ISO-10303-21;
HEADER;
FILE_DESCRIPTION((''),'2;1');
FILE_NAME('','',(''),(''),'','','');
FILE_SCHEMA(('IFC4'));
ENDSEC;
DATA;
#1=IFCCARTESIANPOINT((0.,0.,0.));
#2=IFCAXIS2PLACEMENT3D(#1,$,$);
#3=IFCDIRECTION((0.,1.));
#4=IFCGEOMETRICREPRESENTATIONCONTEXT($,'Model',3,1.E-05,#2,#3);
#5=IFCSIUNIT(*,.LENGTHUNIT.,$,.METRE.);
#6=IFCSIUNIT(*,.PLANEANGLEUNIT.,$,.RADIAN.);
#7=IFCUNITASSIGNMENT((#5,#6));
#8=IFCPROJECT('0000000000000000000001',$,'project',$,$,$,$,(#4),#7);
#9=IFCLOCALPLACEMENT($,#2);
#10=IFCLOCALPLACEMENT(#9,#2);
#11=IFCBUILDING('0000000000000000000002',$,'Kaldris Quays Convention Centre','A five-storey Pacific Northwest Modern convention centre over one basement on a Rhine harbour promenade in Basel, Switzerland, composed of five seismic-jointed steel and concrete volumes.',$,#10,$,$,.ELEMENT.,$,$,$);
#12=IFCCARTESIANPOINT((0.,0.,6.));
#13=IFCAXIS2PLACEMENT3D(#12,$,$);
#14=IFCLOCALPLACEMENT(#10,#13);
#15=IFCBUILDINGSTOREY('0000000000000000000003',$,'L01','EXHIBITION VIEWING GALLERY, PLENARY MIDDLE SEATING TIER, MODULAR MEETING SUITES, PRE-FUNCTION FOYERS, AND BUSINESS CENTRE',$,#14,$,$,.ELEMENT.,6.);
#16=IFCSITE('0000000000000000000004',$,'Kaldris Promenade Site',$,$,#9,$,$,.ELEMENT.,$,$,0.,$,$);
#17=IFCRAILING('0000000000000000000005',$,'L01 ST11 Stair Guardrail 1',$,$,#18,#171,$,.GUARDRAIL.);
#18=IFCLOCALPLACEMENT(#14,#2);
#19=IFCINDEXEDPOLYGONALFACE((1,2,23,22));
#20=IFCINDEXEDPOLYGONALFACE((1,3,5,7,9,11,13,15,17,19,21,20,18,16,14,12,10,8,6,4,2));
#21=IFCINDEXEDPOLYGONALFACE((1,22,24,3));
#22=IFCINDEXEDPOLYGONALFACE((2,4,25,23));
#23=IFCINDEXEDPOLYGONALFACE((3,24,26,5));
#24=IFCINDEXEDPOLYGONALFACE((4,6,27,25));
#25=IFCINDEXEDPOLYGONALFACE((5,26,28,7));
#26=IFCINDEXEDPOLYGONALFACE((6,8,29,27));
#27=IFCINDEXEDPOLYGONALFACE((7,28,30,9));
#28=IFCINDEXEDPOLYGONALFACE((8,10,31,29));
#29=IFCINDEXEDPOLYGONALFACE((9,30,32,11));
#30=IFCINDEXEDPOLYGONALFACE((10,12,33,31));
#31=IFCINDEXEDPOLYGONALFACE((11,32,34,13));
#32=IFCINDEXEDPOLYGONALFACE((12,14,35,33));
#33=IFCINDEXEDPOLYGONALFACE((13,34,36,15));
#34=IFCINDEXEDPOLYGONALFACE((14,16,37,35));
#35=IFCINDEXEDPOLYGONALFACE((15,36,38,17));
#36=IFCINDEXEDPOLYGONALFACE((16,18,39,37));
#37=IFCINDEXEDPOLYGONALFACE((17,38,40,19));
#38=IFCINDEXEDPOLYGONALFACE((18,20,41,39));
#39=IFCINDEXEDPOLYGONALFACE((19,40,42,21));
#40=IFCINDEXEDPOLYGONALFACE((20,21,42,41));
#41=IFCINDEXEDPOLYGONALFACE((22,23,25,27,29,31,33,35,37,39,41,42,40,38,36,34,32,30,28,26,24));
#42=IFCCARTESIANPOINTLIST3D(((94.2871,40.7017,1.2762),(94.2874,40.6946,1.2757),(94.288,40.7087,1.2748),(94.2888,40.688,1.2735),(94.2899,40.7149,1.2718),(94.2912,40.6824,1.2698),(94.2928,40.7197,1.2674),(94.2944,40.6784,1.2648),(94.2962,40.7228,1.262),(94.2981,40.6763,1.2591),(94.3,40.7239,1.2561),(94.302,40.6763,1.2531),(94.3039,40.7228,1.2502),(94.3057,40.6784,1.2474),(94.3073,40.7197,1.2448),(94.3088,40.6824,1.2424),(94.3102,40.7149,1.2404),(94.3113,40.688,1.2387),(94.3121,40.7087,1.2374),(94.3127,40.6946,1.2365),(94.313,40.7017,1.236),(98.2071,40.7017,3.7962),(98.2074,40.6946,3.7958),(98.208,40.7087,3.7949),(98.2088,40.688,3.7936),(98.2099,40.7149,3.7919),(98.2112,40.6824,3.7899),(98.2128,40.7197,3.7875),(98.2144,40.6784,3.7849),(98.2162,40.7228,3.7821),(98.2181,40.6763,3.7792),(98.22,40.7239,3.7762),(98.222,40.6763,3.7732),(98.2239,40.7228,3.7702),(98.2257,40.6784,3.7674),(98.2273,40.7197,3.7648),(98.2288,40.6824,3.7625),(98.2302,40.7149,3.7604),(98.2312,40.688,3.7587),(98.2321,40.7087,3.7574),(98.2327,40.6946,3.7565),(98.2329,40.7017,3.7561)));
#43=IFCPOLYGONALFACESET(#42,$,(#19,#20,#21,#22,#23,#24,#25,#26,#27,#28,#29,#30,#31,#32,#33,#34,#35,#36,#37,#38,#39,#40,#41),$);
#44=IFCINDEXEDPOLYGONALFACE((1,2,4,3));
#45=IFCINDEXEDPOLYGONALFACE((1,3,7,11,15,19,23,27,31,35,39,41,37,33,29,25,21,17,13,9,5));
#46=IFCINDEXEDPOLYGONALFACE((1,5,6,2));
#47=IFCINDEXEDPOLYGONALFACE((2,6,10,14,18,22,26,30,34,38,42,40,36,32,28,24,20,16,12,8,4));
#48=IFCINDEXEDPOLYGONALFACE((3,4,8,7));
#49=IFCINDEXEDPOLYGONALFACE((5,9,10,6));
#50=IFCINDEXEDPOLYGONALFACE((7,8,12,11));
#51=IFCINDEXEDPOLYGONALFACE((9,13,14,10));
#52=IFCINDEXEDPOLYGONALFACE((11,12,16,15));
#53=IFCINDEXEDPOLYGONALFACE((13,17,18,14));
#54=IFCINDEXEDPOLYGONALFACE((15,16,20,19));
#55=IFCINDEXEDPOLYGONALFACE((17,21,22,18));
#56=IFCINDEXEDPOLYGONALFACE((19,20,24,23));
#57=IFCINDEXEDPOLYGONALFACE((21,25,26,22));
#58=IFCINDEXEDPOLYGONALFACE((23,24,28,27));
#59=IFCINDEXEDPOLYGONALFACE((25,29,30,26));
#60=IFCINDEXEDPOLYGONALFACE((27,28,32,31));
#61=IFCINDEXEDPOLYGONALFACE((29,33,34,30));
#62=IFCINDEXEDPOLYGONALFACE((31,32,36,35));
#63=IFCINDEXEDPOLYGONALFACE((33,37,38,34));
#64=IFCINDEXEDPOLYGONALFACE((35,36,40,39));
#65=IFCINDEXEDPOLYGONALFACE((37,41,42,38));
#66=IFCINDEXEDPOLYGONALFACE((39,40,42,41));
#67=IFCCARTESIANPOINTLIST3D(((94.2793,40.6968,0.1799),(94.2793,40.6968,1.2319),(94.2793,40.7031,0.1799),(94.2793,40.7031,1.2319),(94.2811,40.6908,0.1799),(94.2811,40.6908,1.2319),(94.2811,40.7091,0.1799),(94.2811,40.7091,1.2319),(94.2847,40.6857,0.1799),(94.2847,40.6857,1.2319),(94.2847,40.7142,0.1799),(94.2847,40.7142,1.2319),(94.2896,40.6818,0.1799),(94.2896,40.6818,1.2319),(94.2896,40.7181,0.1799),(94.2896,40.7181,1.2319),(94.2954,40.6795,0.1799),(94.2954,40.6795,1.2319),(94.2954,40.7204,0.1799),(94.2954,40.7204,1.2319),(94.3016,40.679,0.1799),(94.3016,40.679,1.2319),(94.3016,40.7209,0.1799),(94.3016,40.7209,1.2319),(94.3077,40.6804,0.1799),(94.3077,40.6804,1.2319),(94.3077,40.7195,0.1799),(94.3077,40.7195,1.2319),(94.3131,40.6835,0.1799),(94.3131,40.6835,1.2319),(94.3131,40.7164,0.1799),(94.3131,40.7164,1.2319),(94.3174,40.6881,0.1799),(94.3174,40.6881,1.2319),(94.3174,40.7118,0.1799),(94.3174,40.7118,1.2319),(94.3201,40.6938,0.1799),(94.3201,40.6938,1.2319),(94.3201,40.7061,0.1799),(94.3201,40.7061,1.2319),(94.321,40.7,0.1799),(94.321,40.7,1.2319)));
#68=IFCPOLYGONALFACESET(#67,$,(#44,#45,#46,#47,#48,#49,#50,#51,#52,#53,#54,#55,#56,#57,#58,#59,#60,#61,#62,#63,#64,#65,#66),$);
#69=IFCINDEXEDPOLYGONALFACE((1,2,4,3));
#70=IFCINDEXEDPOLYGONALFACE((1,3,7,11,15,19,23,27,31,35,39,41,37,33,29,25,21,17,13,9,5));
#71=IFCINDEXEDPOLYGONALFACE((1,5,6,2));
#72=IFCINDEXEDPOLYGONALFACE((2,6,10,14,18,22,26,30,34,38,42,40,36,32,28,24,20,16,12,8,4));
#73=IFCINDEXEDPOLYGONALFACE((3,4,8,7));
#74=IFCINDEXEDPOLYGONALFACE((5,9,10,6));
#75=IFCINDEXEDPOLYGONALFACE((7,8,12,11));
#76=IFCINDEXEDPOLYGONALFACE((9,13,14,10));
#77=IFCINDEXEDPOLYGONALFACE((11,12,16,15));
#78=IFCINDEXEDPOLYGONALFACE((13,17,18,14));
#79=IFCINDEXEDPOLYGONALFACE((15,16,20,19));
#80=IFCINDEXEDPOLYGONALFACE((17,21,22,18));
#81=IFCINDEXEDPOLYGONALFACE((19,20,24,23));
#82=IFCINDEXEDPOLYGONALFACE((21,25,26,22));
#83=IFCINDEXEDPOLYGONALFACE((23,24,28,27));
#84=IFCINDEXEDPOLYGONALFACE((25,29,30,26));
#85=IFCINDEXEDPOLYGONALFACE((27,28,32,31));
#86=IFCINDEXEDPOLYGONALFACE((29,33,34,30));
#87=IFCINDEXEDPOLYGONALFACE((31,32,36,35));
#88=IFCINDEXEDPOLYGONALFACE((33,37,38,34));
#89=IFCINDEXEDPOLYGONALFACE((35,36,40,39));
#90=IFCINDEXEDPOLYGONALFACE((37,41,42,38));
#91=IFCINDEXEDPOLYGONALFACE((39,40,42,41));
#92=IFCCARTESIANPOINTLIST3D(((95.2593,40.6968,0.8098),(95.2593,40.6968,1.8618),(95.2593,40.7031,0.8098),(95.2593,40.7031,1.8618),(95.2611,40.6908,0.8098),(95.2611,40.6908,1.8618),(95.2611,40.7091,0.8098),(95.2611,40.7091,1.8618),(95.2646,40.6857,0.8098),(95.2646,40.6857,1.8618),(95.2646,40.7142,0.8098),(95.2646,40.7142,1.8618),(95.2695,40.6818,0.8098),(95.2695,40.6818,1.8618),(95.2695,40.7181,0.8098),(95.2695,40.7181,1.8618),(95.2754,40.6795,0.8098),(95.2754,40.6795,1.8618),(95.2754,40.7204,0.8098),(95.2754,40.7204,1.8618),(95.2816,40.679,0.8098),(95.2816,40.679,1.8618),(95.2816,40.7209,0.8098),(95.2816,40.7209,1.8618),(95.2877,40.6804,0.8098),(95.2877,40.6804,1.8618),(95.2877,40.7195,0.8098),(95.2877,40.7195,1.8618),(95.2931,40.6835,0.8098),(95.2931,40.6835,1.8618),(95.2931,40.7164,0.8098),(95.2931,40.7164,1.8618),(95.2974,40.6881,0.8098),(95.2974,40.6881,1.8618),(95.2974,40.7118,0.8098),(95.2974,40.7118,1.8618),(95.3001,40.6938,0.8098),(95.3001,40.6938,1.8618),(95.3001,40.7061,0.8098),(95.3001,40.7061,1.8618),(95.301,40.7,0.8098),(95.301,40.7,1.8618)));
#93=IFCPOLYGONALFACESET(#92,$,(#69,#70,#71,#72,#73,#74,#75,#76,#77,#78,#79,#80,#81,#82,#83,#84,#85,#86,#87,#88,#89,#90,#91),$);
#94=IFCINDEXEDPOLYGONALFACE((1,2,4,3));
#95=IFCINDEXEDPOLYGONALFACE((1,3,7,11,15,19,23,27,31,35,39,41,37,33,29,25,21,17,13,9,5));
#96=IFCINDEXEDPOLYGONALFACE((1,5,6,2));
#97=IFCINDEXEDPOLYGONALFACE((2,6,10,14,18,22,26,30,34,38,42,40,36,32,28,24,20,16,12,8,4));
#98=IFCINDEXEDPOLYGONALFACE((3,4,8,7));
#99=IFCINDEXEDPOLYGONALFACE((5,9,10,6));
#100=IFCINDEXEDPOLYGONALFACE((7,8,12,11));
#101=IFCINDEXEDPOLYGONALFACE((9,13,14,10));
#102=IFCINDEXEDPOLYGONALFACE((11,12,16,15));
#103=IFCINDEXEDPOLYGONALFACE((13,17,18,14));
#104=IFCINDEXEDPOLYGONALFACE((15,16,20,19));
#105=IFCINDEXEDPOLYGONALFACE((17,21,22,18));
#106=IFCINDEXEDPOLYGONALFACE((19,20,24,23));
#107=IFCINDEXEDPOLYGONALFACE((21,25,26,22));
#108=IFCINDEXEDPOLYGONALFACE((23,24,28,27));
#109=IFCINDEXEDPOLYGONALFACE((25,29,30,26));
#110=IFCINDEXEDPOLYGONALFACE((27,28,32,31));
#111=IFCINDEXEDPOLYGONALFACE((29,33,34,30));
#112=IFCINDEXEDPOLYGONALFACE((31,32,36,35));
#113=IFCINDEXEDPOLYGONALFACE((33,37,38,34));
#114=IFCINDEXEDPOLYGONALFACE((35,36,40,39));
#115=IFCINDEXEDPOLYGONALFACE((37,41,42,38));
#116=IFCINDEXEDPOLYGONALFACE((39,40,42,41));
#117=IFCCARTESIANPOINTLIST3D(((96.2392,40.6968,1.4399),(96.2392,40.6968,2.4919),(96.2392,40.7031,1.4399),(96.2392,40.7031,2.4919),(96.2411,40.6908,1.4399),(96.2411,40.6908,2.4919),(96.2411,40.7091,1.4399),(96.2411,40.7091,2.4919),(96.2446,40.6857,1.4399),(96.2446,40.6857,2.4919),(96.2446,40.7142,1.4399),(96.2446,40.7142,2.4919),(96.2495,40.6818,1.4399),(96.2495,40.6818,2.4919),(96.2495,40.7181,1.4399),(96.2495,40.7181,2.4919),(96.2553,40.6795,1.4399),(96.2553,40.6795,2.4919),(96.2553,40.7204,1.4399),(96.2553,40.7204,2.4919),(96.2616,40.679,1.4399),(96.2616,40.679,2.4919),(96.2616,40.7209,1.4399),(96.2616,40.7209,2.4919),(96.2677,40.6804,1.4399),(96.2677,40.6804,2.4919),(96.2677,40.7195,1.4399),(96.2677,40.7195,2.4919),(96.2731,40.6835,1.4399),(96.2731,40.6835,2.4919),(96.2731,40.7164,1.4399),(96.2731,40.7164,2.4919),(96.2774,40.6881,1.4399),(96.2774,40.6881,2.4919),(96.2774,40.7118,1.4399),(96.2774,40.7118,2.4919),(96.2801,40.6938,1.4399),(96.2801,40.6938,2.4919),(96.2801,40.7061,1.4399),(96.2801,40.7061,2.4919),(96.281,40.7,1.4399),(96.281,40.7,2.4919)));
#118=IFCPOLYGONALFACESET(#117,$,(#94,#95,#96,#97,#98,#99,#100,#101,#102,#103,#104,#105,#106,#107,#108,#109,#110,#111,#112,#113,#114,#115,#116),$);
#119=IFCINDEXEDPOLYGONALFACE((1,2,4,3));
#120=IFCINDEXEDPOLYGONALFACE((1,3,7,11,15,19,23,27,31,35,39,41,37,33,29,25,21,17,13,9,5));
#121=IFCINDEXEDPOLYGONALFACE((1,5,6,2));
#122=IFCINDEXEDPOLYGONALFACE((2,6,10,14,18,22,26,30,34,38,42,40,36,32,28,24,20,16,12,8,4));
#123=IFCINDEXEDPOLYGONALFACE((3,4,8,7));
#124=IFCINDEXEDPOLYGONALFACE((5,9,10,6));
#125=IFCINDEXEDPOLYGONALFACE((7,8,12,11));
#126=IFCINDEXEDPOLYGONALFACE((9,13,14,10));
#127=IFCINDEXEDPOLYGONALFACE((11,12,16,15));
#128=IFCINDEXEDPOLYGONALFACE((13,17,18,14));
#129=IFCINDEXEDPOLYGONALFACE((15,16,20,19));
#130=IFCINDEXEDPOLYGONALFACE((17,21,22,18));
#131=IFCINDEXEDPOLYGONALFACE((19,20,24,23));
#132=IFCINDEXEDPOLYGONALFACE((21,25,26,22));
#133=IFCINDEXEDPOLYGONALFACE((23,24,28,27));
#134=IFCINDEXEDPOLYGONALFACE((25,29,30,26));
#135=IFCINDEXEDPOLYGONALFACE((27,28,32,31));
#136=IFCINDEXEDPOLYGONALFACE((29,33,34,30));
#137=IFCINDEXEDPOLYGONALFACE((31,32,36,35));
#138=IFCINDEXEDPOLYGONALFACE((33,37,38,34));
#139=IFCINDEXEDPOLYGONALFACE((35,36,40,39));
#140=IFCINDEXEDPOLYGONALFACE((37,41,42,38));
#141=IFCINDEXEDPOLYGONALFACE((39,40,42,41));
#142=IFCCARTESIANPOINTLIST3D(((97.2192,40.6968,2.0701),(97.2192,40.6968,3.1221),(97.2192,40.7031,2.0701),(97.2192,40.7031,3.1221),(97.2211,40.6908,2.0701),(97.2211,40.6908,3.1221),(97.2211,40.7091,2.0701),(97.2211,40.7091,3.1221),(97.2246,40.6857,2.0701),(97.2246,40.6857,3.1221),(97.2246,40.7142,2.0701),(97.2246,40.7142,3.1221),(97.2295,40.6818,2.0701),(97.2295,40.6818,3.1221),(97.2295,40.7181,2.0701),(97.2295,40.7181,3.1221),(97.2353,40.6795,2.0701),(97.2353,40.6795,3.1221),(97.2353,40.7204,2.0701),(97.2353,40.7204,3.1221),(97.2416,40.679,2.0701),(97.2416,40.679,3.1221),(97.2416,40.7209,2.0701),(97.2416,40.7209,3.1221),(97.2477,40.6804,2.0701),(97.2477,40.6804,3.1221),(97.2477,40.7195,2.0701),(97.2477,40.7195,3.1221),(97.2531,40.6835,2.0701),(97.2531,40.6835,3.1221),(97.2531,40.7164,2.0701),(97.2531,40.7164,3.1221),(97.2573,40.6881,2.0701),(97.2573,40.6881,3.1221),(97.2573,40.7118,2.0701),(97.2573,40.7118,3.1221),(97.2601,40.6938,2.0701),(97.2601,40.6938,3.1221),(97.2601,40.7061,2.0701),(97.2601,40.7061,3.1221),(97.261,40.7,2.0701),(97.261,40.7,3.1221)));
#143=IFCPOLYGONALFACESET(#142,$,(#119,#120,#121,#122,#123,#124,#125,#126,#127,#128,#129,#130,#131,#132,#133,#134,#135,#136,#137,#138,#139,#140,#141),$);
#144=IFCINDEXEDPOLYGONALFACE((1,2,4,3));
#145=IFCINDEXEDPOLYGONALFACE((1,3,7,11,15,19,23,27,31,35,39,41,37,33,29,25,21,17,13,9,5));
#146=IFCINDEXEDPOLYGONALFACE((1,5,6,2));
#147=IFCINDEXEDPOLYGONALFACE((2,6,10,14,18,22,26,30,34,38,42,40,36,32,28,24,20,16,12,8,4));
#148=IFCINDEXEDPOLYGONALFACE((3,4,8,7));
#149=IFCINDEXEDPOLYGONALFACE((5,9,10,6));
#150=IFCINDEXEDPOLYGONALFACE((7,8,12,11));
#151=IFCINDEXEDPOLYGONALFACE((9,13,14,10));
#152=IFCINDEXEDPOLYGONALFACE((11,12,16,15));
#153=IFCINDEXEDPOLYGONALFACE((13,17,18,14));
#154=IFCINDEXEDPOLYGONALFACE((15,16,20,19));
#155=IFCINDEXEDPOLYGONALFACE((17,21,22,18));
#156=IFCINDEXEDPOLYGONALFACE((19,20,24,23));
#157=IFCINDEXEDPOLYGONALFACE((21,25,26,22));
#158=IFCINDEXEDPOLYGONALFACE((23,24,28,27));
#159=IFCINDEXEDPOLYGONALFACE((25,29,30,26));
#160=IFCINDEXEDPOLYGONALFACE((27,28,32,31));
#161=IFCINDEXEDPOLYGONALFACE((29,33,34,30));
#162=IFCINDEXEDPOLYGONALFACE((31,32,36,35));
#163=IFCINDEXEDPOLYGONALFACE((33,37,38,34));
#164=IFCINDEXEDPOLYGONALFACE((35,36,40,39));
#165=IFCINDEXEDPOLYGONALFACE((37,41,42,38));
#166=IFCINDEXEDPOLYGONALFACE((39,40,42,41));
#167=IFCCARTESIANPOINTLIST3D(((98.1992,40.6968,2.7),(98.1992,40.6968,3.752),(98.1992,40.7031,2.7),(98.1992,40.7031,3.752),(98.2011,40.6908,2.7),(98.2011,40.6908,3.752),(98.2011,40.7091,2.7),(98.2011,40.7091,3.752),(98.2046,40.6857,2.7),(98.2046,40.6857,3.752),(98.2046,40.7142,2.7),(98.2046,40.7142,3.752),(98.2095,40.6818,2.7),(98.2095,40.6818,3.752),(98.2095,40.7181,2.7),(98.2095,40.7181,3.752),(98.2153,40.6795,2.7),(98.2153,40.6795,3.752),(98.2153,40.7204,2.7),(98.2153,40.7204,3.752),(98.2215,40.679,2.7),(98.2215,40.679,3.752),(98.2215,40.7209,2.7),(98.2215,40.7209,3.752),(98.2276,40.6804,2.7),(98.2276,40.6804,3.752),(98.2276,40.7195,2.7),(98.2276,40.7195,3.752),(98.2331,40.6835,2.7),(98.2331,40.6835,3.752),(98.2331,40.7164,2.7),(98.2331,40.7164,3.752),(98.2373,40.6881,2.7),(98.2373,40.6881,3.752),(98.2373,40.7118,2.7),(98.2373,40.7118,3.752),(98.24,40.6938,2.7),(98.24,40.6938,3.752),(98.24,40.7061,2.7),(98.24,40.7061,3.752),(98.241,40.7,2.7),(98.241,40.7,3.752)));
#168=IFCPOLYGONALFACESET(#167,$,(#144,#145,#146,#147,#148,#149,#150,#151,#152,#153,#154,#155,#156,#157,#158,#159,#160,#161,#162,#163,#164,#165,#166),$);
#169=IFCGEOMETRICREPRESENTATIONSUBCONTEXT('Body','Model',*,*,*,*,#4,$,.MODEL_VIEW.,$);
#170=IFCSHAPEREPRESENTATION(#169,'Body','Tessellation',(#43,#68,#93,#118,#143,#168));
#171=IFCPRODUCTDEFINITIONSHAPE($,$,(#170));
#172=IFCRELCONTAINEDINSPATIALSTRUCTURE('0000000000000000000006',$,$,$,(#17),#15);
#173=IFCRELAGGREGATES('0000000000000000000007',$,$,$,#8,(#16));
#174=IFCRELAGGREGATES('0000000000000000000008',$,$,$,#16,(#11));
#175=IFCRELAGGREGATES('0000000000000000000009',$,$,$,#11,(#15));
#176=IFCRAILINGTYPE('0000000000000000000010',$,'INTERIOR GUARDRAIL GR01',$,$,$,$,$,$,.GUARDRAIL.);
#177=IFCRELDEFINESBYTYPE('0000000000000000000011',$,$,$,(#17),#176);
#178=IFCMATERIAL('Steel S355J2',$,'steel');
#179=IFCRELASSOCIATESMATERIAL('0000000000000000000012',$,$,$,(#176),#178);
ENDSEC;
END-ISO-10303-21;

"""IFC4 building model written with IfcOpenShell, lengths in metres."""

from ifc_helpers import new_model, si_unit, direction, frame, origin, origin_2d, place, context, subcontext, project, spatial, circle, extrude, material, type_object, element, save


model = new_model("IFC4")

# Units and contexts
model_context = context("Model", 3, precision=1e-05, world=origin(), true_north=direction((0.0, 1.0)))
body_context = subcontext(model_context, "Body", "Model", "MODEL_VIEW")
ifc_project = project(units=[si_unit("LENGTHUNIT", "METRE"), si_unit("PLANEANGLEUNIT", "RADIAN")], contexts=[model_context])

# Site, building, storey
site_placement = place(None, origin())
site = spatial("IfcSite", under=ifc_project, at=site_placement, Name="Kaldris Promenade Site", CompositionType="ELEMENT", RefElevation=0.0)
building_placement = place(site_placement, origin())
building = spatial("IfcBuilding", under=site, at=building_placement, Name="Kaldris Quays Convention Centre", Description="A five-storey Pacific Northwest Modern convention centre over one basement on a Rhine harbour promenade in Basel, Switzerland, composed of five seismic-jointed steel and concrete volumes.", CompositionType="ELEMENT")
storey_placement = place(building_placement, frame((0.0, 0.0, 6.0)))
storey = spatial("IfcBuildingStorey", under=building, at=storey_placement, Name="L01", Description="EXHIBITION VIEWING GALLERY, PLENARY MIDDLE SEATING TIER, MODULAR MEETING SUITES, PRE-FUNCTION FOYERS, AND BUSINESS CENTRE", CompositionType="ELEMENT", Elevation=6.0)

# Railing
ifc_material_1 = material(Name="Steel S355J2", Category="steel")
railing_type_1 = type_object("IfcRailingType", Name="INTERIOR GUARDRAIL GR01", PredefinedType="GUARDRAIL", material=ifc_material_1)
railing_1_placement = place(storey_placement, frame((94.3, 40.7, 0.1799)))
element("IfcRailing", 1, at=railing_1_placement, inside=storey, type_object=railing_type_1, Name="L01 ST11 Stair Guardrail 1", PredefinedType="GUARDRAIL", context=body_context, shape_type="SweptSolid", body=[
    extrude(circle(Radius=0.0239, at=origin_2d()), frame((0.0, 0.0, 1.0762), z_axis=(0.841172, 0.0, 0.540768), x_axis=(0.0, 1.0, 0.0)), (0.0, 0.0, 1.0), 4.6602),
    extrude(circle(Radius=0.021, at=origin_2d()), origin(), (0.0, 0.0, 1.0), 1.052),
    extrude(circle(Radius=0.021, at=origin_2d()), frame((0.98, 0.0, 0.6299)), (0.0, 0.0, 1.0), 1.052),
    extrude(circle(Radius=0.021, at=origin_2d()), frame((1.96, 0.0, 1.26)), (0.0, 0.0, 1.0), 1.052),
    extrude(circle(Radius=0.021, at=origin_2d()), frame((2.9399, 0.0, 1.8901)), (0.0, 0.0, 1.0), 1.052),
    extrude(circle(Radius=0.021, at=origin_2d()), frame((3.9199, 0.0, 2.52)), (0.0, 0.0, 1.0), 1.052),
])

save(model, "model.ifc")
